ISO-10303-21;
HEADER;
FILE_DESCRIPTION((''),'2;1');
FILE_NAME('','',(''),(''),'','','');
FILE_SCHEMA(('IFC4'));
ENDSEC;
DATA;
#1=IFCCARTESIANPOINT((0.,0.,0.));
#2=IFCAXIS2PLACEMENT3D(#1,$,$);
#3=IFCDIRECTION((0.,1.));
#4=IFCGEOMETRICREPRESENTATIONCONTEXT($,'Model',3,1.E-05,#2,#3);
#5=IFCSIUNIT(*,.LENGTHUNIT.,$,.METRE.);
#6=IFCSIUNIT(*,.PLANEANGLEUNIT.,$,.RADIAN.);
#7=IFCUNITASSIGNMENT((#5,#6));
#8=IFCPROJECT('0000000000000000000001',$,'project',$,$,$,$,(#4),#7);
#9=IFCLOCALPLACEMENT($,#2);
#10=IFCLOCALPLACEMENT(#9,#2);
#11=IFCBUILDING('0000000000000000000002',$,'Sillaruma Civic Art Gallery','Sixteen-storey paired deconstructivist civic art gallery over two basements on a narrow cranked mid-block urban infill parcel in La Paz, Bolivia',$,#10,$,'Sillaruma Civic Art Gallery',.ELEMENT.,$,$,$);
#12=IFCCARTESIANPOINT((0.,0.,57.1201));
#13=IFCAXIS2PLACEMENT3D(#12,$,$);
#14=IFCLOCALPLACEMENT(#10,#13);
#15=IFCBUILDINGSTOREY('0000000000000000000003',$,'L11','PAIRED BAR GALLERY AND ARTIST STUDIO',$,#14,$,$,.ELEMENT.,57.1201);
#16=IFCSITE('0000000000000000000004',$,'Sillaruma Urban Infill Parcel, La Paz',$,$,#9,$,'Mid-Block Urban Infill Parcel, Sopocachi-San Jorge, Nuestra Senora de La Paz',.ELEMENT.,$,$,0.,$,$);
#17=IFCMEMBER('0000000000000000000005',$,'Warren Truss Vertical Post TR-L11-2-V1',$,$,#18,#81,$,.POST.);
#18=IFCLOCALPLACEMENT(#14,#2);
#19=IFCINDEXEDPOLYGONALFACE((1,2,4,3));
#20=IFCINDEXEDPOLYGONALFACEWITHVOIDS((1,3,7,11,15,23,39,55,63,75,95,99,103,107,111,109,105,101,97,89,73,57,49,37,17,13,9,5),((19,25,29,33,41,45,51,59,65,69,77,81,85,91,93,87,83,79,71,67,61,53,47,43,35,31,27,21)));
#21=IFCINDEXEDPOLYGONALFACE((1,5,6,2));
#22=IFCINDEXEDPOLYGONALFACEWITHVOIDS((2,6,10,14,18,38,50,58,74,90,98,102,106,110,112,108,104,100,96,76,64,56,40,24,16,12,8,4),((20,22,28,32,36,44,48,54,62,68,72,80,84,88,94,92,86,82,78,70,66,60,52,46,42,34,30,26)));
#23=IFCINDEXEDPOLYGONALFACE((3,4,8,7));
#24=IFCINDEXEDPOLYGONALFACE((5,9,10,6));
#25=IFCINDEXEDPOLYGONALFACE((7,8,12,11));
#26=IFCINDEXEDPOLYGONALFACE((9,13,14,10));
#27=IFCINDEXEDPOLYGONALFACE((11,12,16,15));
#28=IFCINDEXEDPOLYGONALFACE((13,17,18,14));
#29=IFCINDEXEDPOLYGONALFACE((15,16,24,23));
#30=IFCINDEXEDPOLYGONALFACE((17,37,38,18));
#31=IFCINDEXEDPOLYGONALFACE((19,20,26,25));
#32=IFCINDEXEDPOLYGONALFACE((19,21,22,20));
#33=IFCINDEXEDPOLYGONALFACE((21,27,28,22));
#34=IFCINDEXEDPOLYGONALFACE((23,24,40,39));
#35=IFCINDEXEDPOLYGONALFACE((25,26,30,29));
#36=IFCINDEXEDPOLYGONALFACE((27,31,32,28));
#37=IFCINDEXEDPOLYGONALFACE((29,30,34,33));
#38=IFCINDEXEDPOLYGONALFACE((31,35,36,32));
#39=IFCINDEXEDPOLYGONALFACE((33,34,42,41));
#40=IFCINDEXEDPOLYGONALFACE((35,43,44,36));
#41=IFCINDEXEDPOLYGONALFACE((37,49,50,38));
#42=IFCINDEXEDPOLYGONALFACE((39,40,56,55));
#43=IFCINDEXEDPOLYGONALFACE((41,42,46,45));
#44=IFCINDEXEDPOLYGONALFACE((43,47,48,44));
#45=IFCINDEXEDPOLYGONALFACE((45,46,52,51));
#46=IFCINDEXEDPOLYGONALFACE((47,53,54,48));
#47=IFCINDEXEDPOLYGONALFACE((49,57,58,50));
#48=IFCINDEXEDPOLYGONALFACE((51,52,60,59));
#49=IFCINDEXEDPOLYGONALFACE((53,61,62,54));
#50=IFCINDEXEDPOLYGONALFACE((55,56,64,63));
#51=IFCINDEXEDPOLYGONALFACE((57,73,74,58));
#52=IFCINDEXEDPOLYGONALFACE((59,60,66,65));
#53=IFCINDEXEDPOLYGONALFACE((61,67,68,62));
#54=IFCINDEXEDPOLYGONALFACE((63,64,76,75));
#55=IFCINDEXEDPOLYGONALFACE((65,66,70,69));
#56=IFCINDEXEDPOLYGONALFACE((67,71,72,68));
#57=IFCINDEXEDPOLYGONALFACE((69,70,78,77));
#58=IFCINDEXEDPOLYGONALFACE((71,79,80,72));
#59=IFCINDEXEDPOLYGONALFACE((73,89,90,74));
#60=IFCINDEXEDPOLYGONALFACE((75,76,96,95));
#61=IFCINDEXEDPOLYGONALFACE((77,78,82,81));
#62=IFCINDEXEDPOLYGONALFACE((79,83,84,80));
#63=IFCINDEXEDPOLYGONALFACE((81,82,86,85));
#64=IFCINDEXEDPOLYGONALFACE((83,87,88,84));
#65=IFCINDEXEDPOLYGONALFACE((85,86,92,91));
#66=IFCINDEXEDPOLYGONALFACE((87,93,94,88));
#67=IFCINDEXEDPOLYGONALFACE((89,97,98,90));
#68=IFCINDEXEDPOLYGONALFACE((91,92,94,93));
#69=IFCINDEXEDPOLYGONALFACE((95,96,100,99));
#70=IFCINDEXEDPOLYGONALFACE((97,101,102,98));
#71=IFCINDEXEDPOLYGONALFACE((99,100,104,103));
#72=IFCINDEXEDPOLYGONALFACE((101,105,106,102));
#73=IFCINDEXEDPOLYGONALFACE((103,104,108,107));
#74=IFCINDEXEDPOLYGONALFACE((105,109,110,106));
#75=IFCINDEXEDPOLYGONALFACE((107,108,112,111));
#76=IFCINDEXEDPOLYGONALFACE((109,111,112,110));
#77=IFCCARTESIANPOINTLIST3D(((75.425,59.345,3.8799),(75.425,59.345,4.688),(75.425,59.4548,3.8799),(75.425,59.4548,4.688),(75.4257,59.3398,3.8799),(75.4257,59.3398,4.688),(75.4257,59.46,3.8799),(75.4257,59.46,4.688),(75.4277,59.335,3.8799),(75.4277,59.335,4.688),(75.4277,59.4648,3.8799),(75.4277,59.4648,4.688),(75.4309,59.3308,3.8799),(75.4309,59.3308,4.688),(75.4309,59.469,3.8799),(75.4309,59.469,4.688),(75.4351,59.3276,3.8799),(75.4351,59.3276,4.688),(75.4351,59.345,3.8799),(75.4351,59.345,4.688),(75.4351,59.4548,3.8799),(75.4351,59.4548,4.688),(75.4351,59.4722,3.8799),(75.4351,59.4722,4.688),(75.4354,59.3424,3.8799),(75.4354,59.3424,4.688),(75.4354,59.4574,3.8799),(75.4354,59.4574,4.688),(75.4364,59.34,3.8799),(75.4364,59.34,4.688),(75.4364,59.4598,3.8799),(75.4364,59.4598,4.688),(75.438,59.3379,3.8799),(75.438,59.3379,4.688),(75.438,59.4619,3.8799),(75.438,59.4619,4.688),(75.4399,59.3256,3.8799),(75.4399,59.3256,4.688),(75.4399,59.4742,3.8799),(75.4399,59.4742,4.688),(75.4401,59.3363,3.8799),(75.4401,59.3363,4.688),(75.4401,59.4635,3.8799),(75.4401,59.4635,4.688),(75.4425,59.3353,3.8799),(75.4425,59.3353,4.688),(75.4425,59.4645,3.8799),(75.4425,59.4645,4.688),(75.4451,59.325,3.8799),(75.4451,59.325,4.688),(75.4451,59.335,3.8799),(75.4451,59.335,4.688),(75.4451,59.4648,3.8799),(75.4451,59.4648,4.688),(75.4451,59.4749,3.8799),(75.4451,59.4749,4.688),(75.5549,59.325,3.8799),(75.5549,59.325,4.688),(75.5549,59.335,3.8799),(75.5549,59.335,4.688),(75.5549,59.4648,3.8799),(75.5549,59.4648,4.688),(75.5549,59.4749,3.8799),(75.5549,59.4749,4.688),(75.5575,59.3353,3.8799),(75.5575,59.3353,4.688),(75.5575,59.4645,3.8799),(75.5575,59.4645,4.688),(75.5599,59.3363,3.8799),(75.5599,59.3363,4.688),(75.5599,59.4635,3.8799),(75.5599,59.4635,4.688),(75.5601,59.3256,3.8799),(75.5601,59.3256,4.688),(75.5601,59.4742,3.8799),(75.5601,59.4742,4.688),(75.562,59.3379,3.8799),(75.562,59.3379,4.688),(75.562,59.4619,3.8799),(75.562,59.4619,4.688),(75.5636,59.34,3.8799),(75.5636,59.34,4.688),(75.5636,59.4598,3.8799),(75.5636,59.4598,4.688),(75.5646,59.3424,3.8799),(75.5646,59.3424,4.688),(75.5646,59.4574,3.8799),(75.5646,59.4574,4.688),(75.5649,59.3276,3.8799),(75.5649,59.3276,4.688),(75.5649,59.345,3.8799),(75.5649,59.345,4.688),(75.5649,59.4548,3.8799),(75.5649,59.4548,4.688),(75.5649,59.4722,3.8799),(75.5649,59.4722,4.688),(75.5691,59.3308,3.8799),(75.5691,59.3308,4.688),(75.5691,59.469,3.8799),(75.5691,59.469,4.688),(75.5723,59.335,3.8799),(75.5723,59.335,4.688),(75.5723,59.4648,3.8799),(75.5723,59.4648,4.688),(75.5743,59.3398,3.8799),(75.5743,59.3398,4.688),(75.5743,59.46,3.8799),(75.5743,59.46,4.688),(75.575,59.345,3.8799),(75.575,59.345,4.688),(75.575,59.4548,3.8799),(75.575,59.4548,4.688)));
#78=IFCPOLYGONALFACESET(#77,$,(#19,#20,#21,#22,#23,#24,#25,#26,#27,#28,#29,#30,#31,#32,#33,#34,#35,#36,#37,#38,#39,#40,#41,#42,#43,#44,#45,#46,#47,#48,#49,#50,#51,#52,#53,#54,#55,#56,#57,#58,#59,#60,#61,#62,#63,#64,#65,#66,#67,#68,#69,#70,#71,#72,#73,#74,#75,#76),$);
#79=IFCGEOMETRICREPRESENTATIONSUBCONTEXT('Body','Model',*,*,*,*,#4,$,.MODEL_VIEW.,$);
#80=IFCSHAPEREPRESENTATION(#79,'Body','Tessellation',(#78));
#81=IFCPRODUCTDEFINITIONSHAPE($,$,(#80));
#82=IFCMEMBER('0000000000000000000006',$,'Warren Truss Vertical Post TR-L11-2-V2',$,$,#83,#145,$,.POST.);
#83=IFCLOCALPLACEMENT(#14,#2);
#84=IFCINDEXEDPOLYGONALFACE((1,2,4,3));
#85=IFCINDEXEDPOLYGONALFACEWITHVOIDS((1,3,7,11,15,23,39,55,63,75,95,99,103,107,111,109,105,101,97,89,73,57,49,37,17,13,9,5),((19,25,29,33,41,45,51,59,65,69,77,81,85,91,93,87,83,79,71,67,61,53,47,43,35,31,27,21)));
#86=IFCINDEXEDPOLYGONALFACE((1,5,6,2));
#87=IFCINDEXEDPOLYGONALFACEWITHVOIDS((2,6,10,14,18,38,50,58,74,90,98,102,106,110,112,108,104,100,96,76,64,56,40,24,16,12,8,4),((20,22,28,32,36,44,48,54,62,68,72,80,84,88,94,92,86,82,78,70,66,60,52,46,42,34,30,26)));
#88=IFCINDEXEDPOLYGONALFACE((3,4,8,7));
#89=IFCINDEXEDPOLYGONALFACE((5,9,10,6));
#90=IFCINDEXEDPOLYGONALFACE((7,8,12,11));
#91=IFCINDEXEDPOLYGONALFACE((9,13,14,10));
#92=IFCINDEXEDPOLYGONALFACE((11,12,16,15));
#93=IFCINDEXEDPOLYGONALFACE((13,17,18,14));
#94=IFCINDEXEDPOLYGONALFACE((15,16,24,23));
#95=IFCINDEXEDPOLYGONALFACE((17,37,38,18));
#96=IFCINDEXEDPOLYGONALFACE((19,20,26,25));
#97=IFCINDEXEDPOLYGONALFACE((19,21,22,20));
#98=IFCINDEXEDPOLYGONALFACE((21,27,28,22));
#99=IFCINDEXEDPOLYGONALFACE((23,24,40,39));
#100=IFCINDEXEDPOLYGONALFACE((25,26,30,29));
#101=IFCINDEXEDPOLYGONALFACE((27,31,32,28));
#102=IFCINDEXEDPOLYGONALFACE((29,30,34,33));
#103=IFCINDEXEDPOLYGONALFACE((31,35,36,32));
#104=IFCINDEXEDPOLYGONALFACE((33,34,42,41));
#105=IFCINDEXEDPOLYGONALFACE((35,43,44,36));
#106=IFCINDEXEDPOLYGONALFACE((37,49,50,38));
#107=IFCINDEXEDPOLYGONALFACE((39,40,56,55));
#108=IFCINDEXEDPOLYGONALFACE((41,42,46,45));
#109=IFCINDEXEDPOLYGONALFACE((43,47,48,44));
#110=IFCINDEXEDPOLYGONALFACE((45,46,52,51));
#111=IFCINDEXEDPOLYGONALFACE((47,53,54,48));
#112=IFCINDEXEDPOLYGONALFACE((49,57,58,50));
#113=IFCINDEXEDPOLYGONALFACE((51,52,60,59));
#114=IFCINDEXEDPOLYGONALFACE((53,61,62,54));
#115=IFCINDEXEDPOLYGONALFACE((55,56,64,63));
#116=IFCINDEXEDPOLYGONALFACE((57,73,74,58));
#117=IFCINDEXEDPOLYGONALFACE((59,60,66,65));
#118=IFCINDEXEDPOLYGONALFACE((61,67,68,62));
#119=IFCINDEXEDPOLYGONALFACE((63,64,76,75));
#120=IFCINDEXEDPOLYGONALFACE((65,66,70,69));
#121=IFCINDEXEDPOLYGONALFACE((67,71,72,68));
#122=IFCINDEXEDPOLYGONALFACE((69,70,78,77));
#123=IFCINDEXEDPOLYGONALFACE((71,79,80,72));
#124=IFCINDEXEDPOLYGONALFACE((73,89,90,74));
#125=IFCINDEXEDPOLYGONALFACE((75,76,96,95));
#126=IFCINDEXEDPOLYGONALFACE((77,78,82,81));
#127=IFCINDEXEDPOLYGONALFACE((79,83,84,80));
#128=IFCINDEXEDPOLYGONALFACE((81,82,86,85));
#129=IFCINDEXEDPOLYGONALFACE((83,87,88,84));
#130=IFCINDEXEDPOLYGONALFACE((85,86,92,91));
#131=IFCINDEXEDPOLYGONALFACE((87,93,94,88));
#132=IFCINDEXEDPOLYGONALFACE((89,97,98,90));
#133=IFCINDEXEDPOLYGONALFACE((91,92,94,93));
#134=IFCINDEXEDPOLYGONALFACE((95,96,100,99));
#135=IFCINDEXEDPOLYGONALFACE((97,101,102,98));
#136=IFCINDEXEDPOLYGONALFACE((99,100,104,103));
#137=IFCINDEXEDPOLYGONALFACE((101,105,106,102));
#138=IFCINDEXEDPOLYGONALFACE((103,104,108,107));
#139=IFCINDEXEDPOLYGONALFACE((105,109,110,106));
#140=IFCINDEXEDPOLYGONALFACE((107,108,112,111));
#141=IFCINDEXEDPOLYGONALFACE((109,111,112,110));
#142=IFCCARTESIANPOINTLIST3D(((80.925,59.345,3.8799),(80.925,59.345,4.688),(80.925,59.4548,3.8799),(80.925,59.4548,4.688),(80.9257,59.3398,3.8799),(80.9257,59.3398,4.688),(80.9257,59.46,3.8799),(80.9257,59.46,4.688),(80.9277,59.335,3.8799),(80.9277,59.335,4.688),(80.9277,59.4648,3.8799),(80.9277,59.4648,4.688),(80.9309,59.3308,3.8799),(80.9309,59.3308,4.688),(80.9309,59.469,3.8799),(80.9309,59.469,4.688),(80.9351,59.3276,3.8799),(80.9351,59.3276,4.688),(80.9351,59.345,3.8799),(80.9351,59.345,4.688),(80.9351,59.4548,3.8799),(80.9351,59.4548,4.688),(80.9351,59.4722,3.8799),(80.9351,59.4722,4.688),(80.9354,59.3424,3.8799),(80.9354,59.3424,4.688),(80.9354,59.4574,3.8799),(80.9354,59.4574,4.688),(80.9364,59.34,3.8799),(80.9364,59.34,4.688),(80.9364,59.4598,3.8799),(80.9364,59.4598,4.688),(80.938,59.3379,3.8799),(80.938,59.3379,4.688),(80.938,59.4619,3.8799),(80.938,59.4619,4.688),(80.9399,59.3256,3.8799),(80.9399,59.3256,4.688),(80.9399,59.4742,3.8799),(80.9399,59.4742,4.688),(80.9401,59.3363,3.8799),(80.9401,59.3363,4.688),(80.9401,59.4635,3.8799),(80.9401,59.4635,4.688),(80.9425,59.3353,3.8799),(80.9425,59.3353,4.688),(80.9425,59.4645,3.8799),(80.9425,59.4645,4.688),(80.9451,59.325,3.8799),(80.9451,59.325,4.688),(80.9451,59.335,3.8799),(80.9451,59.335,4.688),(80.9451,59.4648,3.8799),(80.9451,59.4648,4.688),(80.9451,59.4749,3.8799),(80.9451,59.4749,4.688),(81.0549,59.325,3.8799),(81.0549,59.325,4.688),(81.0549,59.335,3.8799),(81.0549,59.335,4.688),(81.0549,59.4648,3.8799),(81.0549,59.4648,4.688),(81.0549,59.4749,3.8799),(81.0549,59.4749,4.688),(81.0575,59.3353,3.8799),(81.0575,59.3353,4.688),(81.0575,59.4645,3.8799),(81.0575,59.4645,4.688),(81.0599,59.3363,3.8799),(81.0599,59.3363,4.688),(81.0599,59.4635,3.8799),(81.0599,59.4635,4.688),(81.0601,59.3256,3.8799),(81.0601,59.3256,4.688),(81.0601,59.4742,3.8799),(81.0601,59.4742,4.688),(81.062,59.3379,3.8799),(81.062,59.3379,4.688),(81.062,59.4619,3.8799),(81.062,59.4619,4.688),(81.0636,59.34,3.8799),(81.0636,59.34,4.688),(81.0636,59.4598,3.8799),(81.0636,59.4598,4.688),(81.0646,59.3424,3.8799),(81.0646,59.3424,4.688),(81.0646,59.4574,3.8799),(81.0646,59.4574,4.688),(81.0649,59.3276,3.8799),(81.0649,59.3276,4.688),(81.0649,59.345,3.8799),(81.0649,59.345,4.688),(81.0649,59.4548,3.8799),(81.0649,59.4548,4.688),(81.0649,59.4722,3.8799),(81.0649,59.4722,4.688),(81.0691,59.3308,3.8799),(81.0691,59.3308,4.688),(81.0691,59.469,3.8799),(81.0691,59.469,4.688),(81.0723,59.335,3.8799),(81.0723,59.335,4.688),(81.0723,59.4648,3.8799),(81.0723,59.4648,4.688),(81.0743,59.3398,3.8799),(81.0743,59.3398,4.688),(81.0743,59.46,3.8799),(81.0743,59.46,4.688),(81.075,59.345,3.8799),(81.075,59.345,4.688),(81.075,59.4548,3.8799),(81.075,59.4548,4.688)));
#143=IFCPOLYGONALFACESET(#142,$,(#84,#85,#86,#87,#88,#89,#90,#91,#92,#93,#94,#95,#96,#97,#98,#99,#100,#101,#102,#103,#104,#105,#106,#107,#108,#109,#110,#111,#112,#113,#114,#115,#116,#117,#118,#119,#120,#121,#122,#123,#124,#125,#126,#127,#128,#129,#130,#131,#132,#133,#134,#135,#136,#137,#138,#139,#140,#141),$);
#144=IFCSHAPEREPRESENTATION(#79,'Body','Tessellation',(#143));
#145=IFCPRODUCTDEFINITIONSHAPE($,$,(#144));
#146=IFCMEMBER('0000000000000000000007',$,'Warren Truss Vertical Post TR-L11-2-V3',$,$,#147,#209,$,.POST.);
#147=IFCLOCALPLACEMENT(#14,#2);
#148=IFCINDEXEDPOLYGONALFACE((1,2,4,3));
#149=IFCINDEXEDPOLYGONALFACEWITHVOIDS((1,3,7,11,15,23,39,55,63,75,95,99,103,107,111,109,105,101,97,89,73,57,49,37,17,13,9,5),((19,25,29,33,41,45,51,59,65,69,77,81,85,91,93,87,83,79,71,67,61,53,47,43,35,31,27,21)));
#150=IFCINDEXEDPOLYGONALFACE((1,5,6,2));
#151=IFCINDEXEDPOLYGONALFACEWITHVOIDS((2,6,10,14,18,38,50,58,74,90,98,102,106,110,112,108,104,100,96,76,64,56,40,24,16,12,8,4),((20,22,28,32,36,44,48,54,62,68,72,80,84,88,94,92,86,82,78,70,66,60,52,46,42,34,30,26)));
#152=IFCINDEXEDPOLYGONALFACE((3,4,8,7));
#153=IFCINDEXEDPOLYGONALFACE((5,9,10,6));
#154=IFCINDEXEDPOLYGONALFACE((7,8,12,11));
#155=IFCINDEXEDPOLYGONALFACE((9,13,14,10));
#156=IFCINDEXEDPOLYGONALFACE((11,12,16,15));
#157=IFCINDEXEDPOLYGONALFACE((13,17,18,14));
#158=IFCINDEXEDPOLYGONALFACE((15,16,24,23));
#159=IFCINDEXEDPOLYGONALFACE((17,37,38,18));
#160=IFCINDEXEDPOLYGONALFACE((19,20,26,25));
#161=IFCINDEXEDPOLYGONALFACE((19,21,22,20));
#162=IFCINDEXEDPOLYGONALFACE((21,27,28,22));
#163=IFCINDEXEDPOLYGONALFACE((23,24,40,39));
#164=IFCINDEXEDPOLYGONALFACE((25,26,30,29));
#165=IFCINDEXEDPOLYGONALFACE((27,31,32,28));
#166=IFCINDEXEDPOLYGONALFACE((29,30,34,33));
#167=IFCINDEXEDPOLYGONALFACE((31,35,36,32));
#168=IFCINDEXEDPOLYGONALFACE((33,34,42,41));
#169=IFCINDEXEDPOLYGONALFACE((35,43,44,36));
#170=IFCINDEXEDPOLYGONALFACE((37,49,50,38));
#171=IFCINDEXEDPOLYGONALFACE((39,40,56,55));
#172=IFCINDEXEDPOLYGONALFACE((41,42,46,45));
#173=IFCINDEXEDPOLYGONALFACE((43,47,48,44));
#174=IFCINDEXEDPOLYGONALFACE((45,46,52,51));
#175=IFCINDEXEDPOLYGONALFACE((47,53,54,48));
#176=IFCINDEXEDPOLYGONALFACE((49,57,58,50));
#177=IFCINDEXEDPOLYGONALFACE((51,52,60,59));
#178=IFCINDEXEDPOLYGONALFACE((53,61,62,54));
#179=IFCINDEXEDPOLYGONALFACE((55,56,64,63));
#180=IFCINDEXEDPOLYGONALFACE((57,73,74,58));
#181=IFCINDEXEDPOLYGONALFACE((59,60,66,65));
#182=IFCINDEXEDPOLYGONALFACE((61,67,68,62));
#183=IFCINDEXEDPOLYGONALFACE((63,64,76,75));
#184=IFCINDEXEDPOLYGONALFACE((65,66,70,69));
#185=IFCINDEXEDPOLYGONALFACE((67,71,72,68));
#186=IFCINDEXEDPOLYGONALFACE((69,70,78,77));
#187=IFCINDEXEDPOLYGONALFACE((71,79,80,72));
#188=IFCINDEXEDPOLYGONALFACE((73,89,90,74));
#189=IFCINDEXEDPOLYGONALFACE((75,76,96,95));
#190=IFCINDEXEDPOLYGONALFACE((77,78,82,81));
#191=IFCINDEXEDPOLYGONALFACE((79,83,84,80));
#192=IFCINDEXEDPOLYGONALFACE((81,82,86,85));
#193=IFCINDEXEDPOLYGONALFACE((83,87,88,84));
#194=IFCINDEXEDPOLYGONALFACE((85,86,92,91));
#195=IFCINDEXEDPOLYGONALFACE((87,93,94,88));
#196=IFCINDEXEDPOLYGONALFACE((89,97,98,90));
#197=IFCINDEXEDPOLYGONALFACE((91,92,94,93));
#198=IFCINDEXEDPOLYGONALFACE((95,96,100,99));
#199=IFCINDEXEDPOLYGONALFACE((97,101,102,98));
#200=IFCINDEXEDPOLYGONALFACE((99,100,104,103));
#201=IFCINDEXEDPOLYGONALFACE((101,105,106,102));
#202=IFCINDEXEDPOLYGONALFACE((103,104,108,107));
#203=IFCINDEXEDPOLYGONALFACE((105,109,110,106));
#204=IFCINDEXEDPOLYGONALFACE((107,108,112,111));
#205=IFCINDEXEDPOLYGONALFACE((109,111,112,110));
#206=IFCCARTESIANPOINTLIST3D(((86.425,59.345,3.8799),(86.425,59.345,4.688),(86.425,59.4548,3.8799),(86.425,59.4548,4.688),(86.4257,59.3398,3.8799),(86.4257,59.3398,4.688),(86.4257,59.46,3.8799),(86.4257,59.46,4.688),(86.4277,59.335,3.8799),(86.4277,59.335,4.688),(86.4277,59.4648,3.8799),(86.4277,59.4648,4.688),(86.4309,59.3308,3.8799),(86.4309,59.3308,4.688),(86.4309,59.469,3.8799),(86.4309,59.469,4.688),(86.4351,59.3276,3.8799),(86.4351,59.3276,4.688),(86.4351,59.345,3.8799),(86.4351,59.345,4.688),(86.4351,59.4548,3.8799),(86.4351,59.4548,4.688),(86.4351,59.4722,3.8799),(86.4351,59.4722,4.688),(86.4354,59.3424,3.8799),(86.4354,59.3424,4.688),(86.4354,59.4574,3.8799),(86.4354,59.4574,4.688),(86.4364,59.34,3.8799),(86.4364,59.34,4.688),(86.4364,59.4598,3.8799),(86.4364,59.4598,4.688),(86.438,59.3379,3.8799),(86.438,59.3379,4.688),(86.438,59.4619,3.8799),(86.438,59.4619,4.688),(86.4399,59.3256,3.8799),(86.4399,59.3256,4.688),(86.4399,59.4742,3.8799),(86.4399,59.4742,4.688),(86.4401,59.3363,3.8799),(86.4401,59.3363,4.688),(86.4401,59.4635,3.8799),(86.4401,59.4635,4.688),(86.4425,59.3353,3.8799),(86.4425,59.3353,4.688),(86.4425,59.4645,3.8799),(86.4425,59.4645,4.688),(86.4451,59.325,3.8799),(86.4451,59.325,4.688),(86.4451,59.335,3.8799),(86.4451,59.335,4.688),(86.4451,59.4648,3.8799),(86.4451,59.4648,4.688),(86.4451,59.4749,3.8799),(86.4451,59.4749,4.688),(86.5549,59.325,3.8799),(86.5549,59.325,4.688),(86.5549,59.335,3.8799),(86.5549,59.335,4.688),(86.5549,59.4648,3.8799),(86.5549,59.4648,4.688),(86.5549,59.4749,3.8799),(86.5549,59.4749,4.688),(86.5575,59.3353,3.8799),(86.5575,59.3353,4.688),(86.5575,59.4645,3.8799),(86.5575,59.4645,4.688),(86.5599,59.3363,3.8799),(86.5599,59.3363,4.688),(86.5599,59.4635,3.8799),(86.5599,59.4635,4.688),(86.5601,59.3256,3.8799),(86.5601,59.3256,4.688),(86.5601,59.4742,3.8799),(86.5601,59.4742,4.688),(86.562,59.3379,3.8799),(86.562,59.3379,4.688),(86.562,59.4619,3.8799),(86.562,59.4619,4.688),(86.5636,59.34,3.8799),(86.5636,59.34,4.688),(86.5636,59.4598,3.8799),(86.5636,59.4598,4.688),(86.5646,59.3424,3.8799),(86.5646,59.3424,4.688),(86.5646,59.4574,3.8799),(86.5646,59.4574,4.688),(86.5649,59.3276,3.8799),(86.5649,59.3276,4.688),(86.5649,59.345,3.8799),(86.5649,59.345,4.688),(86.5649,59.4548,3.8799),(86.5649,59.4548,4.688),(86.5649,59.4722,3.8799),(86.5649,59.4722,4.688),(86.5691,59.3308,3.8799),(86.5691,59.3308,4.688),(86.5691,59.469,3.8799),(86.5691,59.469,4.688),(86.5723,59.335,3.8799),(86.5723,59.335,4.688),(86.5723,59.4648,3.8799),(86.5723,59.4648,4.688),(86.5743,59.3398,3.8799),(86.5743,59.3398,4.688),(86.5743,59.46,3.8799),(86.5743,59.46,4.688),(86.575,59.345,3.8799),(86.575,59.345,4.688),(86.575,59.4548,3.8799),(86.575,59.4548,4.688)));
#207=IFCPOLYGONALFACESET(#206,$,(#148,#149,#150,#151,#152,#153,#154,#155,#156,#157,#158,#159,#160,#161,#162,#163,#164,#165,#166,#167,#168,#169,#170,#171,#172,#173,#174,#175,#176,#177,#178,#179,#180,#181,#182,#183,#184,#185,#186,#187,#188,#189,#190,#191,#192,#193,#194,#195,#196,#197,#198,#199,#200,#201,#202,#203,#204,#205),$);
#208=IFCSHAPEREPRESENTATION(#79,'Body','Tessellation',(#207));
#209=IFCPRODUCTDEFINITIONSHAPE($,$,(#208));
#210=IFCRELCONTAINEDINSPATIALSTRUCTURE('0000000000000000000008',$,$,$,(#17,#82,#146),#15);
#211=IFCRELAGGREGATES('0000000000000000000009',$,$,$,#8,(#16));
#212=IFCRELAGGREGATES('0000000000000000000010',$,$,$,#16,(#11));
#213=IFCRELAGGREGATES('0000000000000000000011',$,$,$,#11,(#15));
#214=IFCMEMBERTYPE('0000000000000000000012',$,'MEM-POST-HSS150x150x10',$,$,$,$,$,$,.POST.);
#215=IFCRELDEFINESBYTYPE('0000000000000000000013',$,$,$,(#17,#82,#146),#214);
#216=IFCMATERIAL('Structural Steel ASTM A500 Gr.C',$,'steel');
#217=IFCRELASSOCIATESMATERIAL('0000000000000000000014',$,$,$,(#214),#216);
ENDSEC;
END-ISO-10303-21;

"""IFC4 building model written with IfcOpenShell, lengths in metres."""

from ifc_helpers import new_model, si_unit, direction, frame, origin, origin_2d, place, context, subcontext, project, spatial, hollow_rectangle, extrude, material, material_profile, profile_set, type_object, element, save


model = new_model("IFC4")

# Units and contexts
model_context = context("Model", 3, precision=1e-05, world=origin(), true_north=direction((0.0, 1.0)))
body_context = subcontext(model_context, "Body", "Model", "MODEL_VIEW")
ifc_project = project(units=[si_unit("LENGTHUNIT", "METRE"), si_unit("PLANEANGLEUNIT", "RADIAN")], contexts=[model_context])

# Site, building, storey
site_placement = place(None, origin())
site = spatial("IfcSite", under=ifc_project, at=site_placement, Name="Sillaruma Urban Infill Parcel, La Paz", LongName="Mid-Block Urban Infill Parcel, Sopocachi-San Jorge, Nuestra Senora de La Paz", CompositionType="ELEMENT", RefElevation=0.0)
building_placement = place(site_placement, origin())
building = spatial("IfcBuilding", under=site, at=building_placement, Name="Sillaruma Civic Art Gallery", Description="Sixteen-storey paired deconstructivist civic art gallery over two basements on a narrow cranked mid-block urban infill parcel in La Paz, Bolivia", LongName="Sillaruma Civic Art Gallery", CompositionType="ELEMENT")
storey_placement = place(building_placement, frame((0.0, 0.0, 57.1201)))
storey = spatial("IfcBuildingStorey", under=building, at=storey_placement, Name="L11", Description="PAIRED BAR GALLERY AND ARTIST STUDIO", CompositionType="ELEMENT", Elevation=57.1201)

# Shared definitions
ifc_material_1 = material(Name="Structural Steel ASTM A500 Gr.C", Category="steel")

# Members
ifc_material_profile_1 = material_profile(ifc_material_1, hollow_rectangle(XDim=0.1499, YDim=0.1499, WallThickness=0.01, InnerFilletRadius=0.01, OuterFilletRadius=0.02, at=origin_2d()), Name="HSS150x150x10")
ifc_profile_set_1 = profile_set([ifc_material_profile_1], Name="Structural Steel ASTM A500 Gr.C")
member_type_1 = type_object("IfcMemberType", Name="MEM-POST-HSS150x150x10", PredefinedType="POST", material=ifc_profile_set_1)
for number, where, z_axis, x_axis, name in (
    (1, (75.5, 59.3999, 3.8799), (0.0, 0.0, 1.0), (1.0, 0.0, 0.0), "Warren Truss Vertical Post TR-L11-2-V1"),
    (2, (81.0, 59.3999, 3.8799), (0.0, 0.0, 1.0), (1.0, 0.0, 0.0), "Warren Truss Vertical Post TR-L11-2-V2"),
    (3, (86.5, 59.3999, 3.8799), (0.0, 0.0, 1.0), (1.0, 0.0, 0.0), "Warren Truss Vertical Post TR-L11-2-V3"),
):
    element("IfcMember", number, at=place(storey_placement, frame(where, z_axis=z_axis, x_axis=x_axis)), inside=storey, type_object=member_type_1, Name=name, PredefinedType="POST", context=body_context, shape_type="SweptSolid", body=[
        extrude(hollow_rectangle(XDim=0.1499, YDim=0.1499, WallThickness=0.01, InnerFilletRadius=0.01, OuterFilletRadius=0.02, at=origin_2d()), origin(), (0.0, 0.0, 1.0), 0.8081),
    ])

save(model, "model.ifc")
